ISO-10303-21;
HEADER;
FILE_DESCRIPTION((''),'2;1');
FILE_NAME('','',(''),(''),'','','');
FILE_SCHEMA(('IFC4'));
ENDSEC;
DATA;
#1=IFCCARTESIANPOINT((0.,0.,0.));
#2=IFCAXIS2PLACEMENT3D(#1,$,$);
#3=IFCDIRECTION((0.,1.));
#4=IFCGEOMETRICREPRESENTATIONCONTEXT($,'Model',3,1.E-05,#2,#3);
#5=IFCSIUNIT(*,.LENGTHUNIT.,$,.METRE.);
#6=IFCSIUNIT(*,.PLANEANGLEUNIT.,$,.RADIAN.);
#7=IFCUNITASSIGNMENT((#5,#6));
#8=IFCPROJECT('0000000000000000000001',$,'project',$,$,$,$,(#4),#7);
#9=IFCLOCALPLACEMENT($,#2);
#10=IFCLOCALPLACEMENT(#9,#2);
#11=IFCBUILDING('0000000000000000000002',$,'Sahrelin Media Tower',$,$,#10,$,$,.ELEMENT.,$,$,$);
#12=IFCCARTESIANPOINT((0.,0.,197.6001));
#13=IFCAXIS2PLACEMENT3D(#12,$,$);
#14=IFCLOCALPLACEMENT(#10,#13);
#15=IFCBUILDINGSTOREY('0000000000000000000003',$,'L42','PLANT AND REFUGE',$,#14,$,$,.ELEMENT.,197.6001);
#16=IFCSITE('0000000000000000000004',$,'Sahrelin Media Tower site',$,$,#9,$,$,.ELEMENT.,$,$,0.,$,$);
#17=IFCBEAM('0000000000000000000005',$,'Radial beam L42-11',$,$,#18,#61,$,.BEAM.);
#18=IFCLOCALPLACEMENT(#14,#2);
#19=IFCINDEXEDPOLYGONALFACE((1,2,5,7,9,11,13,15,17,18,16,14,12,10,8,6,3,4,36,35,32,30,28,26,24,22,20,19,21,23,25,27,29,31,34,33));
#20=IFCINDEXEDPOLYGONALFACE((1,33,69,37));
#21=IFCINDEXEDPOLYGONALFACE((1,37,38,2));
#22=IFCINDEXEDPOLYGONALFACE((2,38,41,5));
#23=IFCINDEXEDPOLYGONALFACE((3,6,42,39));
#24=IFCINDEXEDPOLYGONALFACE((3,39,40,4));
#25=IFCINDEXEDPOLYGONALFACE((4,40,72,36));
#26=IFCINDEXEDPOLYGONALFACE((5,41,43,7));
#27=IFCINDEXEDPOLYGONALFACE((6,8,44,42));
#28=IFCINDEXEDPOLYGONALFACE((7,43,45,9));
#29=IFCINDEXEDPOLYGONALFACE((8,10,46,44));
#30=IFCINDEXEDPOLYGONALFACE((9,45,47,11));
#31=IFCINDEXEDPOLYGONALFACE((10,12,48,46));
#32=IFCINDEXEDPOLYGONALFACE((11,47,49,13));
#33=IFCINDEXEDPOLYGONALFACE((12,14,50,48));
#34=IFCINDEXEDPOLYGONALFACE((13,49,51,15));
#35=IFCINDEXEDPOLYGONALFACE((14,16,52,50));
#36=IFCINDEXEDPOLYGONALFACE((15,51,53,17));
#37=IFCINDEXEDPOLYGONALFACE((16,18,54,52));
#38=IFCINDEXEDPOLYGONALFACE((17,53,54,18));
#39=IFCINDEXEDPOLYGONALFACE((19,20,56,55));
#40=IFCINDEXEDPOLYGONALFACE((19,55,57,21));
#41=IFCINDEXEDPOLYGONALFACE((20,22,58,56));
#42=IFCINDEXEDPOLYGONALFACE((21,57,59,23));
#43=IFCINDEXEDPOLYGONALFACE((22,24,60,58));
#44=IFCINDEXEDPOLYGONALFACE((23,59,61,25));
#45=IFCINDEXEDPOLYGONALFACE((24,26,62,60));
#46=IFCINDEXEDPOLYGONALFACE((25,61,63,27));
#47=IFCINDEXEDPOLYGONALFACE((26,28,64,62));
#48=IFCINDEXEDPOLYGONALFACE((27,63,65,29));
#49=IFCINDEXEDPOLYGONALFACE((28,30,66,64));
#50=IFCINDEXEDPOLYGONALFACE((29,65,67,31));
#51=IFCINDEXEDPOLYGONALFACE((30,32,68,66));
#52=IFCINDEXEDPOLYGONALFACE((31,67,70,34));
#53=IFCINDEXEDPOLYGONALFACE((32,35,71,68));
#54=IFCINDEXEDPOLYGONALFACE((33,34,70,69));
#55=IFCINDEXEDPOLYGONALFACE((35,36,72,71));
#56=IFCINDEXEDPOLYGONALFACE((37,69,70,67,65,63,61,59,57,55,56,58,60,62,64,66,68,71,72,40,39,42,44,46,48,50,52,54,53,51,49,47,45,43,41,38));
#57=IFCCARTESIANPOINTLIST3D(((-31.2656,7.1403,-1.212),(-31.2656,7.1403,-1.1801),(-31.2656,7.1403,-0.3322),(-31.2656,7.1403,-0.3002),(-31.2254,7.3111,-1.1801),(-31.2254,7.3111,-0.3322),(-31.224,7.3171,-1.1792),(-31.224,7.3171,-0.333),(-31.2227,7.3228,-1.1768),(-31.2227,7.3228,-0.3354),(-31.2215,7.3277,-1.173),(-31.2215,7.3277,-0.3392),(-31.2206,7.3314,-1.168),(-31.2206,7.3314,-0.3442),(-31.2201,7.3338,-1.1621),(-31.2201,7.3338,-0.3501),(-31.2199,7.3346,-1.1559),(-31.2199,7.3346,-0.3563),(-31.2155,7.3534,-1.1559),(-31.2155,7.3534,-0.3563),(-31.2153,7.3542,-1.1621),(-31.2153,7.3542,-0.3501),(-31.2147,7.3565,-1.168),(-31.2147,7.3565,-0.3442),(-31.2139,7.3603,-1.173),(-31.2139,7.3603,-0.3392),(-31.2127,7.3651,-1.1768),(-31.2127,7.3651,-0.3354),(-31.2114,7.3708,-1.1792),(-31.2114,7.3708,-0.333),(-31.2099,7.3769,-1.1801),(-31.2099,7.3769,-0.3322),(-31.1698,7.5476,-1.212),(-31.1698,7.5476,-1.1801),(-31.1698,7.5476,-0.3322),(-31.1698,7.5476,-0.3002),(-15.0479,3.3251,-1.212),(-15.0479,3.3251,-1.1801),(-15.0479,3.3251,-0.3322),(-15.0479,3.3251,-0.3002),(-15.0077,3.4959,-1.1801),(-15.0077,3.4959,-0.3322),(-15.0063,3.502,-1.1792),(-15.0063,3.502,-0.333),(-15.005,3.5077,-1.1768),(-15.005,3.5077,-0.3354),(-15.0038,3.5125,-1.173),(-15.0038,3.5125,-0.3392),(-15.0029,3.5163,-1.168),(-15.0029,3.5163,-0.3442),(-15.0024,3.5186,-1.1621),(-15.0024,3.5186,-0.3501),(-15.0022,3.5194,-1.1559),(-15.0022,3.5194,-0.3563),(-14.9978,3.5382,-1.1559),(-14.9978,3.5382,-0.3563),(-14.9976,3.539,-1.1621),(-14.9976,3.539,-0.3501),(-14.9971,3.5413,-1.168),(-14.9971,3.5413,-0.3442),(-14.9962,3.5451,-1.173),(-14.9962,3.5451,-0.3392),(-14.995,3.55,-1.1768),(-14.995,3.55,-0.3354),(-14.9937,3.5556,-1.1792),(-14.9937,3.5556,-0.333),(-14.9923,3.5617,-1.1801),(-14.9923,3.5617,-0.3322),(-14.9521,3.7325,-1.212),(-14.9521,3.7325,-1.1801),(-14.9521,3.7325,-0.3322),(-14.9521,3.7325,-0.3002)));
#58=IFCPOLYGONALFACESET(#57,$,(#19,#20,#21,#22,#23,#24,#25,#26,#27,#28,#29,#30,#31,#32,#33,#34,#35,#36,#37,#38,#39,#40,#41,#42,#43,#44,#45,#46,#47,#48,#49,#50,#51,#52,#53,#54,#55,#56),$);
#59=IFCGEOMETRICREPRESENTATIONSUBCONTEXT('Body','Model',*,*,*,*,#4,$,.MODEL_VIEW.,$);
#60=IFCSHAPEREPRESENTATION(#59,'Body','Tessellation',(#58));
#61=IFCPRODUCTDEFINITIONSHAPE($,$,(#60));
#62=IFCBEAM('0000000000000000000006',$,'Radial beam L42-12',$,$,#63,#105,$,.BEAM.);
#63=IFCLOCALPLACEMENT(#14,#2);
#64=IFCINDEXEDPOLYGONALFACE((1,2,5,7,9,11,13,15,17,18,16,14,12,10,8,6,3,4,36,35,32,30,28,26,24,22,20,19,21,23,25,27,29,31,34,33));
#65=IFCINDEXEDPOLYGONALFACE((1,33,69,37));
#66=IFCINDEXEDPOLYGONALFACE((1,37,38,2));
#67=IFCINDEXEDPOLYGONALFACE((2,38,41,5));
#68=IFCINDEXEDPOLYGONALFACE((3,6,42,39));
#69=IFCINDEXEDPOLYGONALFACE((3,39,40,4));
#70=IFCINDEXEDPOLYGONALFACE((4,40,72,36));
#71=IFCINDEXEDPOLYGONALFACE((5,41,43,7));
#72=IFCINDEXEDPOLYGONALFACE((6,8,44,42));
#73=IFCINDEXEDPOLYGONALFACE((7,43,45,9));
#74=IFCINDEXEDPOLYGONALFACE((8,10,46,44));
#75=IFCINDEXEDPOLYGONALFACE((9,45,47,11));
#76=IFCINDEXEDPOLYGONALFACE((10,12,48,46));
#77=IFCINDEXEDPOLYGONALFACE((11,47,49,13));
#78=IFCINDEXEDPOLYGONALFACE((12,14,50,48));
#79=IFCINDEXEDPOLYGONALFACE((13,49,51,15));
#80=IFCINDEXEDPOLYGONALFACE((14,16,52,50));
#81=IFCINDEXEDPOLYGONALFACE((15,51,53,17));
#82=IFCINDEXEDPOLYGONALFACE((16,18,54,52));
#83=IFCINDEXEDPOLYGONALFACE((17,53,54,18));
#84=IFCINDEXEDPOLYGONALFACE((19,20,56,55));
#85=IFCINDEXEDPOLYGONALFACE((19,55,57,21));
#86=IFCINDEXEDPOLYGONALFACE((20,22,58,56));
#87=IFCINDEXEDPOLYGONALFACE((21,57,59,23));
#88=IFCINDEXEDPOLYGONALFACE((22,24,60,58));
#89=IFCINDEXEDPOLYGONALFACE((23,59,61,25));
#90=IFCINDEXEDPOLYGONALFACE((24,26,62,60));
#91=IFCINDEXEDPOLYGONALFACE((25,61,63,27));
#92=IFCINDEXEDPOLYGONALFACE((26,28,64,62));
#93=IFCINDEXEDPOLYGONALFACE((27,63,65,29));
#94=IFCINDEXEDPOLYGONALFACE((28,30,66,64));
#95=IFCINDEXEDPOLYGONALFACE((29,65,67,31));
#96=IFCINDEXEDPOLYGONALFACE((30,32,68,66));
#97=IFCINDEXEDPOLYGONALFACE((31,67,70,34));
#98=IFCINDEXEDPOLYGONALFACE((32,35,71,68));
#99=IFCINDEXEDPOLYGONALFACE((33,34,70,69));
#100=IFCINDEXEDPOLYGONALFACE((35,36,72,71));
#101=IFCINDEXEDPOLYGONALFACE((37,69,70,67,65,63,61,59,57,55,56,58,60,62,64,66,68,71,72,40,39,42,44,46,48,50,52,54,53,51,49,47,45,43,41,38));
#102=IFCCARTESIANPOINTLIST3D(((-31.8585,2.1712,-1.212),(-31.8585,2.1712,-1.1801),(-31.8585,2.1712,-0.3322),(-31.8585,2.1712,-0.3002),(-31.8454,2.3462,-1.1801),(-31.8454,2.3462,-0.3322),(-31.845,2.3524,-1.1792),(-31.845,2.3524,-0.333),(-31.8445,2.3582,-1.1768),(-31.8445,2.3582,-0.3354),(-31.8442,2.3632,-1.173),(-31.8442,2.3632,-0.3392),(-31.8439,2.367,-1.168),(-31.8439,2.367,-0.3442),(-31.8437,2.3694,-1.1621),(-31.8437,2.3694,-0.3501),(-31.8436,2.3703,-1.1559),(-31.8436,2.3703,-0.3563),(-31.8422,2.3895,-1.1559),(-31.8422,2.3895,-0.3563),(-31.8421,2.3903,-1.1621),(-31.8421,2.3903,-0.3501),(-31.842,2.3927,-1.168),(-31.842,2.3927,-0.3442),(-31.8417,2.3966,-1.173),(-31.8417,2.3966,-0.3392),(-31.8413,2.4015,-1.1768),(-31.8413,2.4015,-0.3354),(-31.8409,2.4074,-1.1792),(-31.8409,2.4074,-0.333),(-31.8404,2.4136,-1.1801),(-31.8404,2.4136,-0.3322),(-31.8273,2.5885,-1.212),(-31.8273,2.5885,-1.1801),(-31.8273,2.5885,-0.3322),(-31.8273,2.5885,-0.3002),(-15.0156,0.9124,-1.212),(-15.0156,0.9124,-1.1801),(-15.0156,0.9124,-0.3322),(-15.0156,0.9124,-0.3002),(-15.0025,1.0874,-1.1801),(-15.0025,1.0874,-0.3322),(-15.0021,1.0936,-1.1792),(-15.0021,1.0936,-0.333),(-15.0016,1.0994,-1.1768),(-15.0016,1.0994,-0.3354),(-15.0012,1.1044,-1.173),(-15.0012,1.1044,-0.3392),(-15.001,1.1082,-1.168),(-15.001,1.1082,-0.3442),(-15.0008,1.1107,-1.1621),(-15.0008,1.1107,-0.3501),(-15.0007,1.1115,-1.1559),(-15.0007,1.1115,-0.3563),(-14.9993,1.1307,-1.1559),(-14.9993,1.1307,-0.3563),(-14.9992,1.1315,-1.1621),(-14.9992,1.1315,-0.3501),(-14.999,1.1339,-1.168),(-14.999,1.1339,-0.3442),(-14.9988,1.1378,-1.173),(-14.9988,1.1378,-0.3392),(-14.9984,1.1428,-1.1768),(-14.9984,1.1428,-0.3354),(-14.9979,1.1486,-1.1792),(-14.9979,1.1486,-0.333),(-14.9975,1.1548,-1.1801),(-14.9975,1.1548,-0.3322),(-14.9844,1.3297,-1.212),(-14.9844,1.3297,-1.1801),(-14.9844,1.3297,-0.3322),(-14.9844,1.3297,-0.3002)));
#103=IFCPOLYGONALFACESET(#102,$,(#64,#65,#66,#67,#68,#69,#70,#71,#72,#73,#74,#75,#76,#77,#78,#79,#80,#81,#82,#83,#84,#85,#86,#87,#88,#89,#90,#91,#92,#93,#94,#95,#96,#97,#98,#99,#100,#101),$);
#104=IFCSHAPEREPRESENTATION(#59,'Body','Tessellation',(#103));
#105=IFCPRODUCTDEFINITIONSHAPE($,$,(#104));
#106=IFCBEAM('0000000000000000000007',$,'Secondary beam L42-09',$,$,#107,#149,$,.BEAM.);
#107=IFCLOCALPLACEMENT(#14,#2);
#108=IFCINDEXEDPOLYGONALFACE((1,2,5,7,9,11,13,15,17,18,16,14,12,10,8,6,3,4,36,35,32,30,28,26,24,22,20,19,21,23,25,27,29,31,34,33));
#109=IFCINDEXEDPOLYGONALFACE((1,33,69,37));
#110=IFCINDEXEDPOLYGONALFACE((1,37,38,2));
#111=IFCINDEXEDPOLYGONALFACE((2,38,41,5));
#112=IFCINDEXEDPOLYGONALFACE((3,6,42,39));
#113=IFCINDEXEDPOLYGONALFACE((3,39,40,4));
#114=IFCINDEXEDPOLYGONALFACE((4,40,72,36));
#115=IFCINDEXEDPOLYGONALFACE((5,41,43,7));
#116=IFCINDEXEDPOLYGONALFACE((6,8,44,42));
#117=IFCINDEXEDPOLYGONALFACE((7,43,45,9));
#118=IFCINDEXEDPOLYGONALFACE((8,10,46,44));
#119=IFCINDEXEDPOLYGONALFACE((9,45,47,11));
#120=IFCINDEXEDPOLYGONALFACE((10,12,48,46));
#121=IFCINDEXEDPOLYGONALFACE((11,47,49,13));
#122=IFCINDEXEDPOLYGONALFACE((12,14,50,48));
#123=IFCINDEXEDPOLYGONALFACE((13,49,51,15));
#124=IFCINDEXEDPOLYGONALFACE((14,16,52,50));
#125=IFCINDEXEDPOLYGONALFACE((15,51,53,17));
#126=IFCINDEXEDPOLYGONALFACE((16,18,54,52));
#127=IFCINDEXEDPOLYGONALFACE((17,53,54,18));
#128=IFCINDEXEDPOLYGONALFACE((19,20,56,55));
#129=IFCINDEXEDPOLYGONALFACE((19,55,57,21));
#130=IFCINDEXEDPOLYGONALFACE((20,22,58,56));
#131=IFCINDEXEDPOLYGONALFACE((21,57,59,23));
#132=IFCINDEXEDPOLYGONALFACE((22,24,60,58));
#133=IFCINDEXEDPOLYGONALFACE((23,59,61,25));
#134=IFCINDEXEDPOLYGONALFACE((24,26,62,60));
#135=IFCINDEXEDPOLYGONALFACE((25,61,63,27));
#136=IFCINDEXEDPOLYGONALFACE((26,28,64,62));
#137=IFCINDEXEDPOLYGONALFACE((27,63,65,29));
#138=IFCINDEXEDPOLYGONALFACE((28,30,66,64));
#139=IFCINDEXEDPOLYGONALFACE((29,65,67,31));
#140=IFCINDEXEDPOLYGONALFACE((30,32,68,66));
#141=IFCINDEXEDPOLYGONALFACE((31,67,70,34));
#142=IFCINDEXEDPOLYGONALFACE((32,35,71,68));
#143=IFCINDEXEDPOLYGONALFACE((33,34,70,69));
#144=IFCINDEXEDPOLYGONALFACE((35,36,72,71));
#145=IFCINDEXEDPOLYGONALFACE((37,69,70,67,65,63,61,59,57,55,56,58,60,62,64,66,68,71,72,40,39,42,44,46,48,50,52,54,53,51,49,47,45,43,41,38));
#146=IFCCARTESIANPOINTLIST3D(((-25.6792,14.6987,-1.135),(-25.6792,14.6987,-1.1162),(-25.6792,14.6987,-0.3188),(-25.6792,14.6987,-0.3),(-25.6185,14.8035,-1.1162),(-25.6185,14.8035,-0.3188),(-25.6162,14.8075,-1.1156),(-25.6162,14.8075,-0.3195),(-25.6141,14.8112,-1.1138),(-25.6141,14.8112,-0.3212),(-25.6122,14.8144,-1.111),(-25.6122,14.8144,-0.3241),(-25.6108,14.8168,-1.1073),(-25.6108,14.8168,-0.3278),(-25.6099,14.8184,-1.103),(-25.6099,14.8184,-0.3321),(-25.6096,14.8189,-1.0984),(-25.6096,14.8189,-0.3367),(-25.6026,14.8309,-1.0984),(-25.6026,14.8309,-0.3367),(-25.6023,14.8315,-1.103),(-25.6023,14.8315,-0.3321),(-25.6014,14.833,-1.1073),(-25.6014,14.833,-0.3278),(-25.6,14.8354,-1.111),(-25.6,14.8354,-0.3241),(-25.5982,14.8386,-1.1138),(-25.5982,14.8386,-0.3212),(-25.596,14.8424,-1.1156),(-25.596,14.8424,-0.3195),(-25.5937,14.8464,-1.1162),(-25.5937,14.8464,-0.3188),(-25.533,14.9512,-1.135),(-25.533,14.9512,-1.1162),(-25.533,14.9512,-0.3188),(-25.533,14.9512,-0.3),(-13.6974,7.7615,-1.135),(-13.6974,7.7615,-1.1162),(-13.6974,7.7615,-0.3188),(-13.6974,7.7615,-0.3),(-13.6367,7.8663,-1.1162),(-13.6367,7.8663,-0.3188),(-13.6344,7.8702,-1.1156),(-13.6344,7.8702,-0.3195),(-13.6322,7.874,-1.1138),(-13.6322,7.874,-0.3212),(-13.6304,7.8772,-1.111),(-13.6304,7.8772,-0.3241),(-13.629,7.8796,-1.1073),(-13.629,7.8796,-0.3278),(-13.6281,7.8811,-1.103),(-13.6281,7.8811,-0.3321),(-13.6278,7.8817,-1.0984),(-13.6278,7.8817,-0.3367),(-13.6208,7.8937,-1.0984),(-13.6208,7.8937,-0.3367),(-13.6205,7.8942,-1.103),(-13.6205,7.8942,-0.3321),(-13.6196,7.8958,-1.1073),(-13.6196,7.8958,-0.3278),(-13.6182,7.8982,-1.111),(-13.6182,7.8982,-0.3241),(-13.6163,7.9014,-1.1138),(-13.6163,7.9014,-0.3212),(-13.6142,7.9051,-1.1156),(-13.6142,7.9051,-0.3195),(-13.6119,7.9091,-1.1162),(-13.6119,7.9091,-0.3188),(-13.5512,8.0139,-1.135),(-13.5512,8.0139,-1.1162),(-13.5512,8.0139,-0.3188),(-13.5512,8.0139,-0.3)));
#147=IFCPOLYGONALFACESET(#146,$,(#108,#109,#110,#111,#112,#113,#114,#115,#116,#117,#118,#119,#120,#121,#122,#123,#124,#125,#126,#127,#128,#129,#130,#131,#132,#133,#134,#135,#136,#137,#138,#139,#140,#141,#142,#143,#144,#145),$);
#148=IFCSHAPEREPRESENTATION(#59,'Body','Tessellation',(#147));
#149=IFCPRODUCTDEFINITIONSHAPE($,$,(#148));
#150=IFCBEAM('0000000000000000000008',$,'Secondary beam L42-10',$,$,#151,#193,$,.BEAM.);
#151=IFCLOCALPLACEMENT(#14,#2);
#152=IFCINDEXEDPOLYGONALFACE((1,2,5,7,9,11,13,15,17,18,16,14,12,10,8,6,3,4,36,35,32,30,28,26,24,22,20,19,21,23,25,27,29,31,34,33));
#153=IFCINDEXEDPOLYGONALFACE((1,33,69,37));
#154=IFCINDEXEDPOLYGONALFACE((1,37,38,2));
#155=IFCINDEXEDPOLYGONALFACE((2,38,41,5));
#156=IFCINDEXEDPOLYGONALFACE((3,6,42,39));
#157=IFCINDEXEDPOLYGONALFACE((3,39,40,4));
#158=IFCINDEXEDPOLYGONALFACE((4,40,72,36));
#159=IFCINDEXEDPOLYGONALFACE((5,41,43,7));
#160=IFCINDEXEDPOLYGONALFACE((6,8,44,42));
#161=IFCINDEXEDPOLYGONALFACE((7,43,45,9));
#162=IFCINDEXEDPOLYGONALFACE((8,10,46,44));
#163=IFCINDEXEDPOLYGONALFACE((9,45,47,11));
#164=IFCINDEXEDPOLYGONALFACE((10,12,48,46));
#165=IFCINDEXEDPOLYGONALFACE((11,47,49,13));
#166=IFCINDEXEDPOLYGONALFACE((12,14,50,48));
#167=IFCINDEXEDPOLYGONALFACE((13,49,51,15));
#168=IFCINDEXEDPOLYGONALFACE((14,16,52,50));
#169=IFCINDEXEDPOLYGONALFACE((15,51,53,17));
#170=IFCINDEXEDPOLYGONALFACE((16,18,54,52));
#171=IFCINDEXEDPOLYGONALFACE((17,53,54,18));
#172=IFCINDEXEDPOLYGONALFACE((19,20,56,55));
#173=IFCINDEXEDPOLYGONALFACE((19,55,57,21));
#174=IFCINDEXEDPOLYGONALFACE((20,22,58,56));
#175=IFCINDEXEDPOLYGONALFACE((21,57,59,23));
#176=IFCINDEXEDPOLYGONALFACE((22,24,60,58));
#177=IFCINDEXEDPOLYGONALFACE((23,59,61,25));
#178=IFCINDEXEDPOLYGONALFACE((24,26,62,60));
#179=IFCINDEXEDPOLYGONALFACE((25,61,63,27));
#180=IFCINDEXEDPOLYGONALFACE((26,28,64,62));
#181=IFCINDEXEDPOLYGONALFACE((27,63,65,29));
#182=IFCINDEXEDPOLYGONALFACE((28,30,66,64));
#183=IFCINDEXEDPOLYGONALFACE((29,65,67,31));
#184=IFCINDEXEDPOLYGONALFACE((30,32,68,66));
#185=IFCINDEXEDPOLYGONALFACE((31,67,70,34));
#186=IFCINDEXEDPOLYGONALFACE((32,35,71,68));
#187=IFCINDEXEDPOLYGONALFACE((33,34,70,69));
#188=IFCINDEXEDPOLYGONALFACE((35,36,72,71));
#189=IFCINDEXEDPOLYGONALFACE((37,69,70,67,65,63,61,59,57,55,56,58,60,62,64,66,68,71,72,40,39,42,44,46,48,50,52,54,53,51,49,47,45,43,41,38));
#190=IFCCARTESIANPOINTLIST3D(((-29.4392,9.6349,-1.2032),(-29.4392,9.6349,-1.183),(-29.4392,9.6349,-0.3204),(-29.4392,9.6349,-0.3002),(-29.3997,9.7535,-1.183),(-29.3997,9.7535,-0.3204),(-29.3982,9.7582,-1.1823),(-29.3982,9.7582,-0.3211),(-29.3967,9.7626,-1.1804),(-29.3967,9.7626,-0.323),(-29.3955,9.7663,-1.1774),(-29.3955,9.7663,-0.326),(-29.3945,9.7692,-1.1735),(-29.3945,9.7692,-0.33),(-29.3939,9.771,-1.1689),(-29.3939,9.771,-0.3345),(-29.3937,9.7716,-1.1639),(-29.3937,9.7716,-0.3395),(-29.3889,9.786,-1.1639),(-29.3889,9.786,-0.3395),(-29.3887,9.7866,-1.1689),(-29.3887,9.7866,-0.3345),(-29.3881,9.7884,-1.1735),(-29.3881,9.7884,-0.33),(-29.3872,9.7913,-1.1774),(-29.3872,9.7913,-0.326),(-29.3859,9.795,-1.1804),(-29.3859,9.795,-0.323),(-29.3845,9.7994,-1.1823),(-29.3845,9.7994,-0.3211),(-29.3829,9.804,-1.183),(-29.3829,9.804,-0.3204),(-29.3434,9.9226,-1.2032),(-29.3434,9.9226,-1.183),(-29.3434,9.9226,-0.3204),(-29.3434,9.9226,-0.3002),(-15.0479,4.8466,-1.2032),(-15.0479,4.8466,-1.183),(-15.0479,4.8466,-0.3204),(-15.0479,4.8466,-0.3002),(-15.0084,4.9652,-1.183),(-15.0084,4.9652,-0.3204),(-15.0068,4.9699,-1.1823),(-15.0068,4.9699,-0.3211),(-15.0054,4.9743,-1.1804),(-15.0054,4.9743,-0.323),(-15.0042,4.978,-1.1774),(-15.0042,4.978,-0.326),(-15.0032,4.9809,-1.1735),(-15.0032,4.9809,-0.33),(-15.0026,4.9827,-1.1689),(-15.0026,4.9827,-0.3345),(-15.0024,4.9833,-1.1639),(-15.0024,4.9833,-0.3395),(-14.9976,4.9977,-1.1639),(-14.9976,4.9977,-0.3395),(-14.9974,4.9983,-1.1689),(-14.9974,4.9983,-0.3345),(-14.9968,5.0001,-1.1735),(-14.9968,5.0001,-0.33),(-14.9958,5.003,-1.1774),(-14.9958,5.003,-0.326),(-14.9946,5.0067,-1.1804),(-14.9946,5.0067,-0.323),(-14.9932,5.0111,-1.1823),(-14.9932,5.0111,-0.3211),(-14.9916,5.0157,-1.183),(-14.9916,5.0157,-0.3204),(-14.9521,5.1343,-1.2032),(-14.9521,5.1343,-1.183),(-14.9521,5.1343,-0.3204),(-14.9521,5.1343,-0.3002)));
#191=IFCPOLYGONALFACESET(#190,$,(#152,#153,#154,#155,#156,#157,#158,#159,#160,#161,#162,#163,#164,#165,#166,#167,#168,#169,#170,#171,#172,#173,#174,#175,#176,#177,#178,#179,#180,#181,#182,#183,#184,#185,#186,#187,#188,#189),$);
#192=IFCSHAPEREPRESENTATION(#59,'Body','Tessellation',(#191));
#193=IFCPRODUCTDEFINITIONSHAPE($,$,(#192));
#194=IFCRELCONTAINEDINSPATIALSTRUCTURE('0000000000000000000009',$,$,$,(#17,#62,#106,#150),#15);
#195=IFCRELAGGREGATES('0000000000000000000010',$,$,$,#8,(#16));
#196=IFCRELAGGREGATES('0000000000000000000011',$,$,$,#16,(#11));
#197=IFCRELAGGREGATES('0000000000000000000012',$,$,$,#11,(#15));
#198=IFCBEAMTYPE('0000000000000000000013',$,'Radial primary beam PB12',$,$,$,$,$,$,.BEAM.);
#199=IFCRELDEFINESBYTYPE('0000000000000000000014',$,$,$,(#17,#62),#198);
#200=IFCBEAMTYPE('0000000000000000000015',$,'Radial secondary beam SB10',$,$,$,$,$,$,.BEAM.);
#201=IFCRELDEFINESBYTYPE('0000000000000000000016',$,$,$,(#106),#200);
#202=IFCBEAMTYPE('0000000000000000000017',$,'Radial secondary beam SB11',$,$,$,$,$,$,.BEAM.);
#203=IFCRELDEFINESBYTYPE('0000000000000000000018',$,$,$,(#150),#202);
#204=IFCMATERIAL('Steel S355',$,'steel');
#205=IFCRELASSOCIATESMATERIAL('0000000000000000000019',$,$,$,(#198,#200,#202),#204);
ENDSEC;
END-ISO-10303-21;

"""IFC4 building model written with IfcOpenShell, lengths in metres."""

from ifc_helpers import new_model, si_unit, direction, frame, origin, origin_2d, place, context, subcontext, project, spatial, i_section, extrude, material, material_profile, profile_set, type_object, element, save


model = new_model("IFC4")

# Units and contexts
model_context = context("Model", 3, precision=1e-05, world=origin(), true_north=direction((0.0, 1.0)))
body_context = subcontext(model_context, "Body", "Model", "MODEL_VIEW")
ifc_project = project(units=[si_unit("LENGTHUNIT", "METRE"), si_unit("PLANEANGLEUNIT", "RADIAN")], contexts=[model_context])

# Site, building, storey
site_placement = place(None, origin())
site = spatial("IfcSite", under=ifc_project, at=site_placement, Name="Sahrelin Media Tower site", CompositionType="ELEMENT", RefElevation=0.0)
building_placement = place(site_placement, origin())
building = spatial("IfcBuilding", under=site, at=building_placement, Name="Sahrelin Media Tower", CompositionType="ELEMENT")
storey_placement = place(building_placement, frame((0.0, 0.0, 197.6001)))
storey = spatial("IfcBuildingStorey", under=building, at=storey_placement, Name="L42", Description="PLANT AND REFUGE", CompositionType="ELEMENT", Elevation=197.6001)

# Beams
ifc_material_1 = material(Name="Steel S355", Category="steel")
ifc_material_profile_1 = material_profile(ifc_material_1, i_section(OverallWidth=0.4185, OverallDepth=0.9119, WebThickness=0.0193, FlangeThickness=0.032, FilletRadius=0.0242, at=origin_2d()), Name="UB 914x419x343")
ifc_profile_set_1 = profile_set([ifc_material_profile_1], Name="Steel S355")
beam_type_1 = type_object("IfcBeamType", Name="Radial primary beam PB12", PredefinedType="BEAM", material=ifc_profile_set_1)
beam_1_placement = place(storey_placement, frame((-15.0, 3.5288, -0.7561), z_axis=(-0.973427, 0.228996, 0.0), x_axis=(-0.228996, -0.973427, 0.0)))
element("IfcBeam", 1, at=beam_1_placement, inside=storey, type_object=beam_type_1, Name="Radial beam L42-11", PredefinedType="BEAM", context=body_context, shape_type="SweptSolid", body=[
    extrude(i_section(OverallWidth=0.4185, OverallDepth=0.9119, WebThickness=0.0193, FlangeThickness=0.032, FilletRadius=0.0242, at=origin_2d()), origin(), (0.0, 0.0, 1.0), 16.6604),
])
beam_2_placement = place(storey_placement, frame((-15.0, 1.1211, -0.7561), z_axis=(-0.997219, 0.074529, 0.0), x_axis=(-0.074529, -0.997219, 0.0)))
element("IfcBeam", 2, at=beam_2_placement, inside=storey, type_object=beam_type_1, Name="Radial beam L42-12", PredefinedType="BEAM", context=body_context, shape_type="SweptSolid", body=[
    extrude(i_section(OverallWidth=0.4185, OverallDepth=0.9119, WebThickness=0.0193, FlangeThickness=0.032, FilletRadius=0.0242, at=origin_2d()), origin(), (0.0, 0.0, 1.0), 16.8899),
])
ifc_material_profile_2 = material_profile(ifc_material_1, i_section(OverallWidth=0.2917, OverallDepth=0.835, WebThickness=0.0139, FlangeThickness=0.0188, FilletRadius=0.0178, at=origin_2d()), Name="UB 838x292x176")
ifc_profile_set_2 = profile_set([ifc_material_profile_2], Name="Steel S355")
beam_type_2 = type_object("IfcBeamType", Name="Radial secondary beam SB10", PredefinedType="BEAM", material=ifc_profile_set_2)
beam_3_placement = place(storey_placement, frame((-13.6243, 7.8877, -0.7175), z_axis=(-0.865415, 0.501055, 0.0), x_axis=(-0.501055, -0.865415, 0.0)))
element("IfcBeam", 3, at=beam_3_placement, inside=storey, type_object=beam_type_2, Name="Secondary beam L42-09", PredefinedType="BEAM", context=body_context, shape_type="SweptSolid", body=[
    extrude(i_section(OverallWidth=0.2917, OverallDepth=0.835, WebThickness=0.0139, FlangeThickness=0.0188, FilletRadius=0.0178, at=origin_2d()), origin(), (0.0, 0.0, 1.0), 13.8452),
])
ifc_material_profile_3 = material_profile(ifc_material_1, i_section(OverallWidth=0.3032, OverallDepth=0.9031, WebThickness=0.0151, FlangeThickness=0.0203, FilletRadius=0.019, at=origin_2d()), Name="UB 914x305x201")
ifc_profile_set_3 = profile_set([ifc_material_profile_3], Name="Steel S355")
beam_type_3 = type_object("IfcBeamType", Name="Radial secondary beam SB11", PredefinedType="BEAM", material=ifc_profile_set_3)
beam_4_placement = place(storey_placement, frame((-15.0, 4.9905, -0.7517), z_axis=(-0.948857, 0.315706, 0.0), x_axis=(-0.315706, -0.948857, 0.0)))
element("IfcBeam", 4, at=beam_4_placement, inside=storey, type_object=beam_type_3, Name="Secondary beam L42-10", PredefinedType="BEAM", context=body_context, shape_type="SweptSolid", body=[
    extrude(i_section(OverallWidth=0.3032, OverallDepth=0.9031, WebThickness=0.0151, FlangeThickness=0.0203, FilletRadius=0.019, at=origin_2d()), origin(), (0.0, 0.0, 1.0), 15.167),
])

save(model, "model.ifc")
